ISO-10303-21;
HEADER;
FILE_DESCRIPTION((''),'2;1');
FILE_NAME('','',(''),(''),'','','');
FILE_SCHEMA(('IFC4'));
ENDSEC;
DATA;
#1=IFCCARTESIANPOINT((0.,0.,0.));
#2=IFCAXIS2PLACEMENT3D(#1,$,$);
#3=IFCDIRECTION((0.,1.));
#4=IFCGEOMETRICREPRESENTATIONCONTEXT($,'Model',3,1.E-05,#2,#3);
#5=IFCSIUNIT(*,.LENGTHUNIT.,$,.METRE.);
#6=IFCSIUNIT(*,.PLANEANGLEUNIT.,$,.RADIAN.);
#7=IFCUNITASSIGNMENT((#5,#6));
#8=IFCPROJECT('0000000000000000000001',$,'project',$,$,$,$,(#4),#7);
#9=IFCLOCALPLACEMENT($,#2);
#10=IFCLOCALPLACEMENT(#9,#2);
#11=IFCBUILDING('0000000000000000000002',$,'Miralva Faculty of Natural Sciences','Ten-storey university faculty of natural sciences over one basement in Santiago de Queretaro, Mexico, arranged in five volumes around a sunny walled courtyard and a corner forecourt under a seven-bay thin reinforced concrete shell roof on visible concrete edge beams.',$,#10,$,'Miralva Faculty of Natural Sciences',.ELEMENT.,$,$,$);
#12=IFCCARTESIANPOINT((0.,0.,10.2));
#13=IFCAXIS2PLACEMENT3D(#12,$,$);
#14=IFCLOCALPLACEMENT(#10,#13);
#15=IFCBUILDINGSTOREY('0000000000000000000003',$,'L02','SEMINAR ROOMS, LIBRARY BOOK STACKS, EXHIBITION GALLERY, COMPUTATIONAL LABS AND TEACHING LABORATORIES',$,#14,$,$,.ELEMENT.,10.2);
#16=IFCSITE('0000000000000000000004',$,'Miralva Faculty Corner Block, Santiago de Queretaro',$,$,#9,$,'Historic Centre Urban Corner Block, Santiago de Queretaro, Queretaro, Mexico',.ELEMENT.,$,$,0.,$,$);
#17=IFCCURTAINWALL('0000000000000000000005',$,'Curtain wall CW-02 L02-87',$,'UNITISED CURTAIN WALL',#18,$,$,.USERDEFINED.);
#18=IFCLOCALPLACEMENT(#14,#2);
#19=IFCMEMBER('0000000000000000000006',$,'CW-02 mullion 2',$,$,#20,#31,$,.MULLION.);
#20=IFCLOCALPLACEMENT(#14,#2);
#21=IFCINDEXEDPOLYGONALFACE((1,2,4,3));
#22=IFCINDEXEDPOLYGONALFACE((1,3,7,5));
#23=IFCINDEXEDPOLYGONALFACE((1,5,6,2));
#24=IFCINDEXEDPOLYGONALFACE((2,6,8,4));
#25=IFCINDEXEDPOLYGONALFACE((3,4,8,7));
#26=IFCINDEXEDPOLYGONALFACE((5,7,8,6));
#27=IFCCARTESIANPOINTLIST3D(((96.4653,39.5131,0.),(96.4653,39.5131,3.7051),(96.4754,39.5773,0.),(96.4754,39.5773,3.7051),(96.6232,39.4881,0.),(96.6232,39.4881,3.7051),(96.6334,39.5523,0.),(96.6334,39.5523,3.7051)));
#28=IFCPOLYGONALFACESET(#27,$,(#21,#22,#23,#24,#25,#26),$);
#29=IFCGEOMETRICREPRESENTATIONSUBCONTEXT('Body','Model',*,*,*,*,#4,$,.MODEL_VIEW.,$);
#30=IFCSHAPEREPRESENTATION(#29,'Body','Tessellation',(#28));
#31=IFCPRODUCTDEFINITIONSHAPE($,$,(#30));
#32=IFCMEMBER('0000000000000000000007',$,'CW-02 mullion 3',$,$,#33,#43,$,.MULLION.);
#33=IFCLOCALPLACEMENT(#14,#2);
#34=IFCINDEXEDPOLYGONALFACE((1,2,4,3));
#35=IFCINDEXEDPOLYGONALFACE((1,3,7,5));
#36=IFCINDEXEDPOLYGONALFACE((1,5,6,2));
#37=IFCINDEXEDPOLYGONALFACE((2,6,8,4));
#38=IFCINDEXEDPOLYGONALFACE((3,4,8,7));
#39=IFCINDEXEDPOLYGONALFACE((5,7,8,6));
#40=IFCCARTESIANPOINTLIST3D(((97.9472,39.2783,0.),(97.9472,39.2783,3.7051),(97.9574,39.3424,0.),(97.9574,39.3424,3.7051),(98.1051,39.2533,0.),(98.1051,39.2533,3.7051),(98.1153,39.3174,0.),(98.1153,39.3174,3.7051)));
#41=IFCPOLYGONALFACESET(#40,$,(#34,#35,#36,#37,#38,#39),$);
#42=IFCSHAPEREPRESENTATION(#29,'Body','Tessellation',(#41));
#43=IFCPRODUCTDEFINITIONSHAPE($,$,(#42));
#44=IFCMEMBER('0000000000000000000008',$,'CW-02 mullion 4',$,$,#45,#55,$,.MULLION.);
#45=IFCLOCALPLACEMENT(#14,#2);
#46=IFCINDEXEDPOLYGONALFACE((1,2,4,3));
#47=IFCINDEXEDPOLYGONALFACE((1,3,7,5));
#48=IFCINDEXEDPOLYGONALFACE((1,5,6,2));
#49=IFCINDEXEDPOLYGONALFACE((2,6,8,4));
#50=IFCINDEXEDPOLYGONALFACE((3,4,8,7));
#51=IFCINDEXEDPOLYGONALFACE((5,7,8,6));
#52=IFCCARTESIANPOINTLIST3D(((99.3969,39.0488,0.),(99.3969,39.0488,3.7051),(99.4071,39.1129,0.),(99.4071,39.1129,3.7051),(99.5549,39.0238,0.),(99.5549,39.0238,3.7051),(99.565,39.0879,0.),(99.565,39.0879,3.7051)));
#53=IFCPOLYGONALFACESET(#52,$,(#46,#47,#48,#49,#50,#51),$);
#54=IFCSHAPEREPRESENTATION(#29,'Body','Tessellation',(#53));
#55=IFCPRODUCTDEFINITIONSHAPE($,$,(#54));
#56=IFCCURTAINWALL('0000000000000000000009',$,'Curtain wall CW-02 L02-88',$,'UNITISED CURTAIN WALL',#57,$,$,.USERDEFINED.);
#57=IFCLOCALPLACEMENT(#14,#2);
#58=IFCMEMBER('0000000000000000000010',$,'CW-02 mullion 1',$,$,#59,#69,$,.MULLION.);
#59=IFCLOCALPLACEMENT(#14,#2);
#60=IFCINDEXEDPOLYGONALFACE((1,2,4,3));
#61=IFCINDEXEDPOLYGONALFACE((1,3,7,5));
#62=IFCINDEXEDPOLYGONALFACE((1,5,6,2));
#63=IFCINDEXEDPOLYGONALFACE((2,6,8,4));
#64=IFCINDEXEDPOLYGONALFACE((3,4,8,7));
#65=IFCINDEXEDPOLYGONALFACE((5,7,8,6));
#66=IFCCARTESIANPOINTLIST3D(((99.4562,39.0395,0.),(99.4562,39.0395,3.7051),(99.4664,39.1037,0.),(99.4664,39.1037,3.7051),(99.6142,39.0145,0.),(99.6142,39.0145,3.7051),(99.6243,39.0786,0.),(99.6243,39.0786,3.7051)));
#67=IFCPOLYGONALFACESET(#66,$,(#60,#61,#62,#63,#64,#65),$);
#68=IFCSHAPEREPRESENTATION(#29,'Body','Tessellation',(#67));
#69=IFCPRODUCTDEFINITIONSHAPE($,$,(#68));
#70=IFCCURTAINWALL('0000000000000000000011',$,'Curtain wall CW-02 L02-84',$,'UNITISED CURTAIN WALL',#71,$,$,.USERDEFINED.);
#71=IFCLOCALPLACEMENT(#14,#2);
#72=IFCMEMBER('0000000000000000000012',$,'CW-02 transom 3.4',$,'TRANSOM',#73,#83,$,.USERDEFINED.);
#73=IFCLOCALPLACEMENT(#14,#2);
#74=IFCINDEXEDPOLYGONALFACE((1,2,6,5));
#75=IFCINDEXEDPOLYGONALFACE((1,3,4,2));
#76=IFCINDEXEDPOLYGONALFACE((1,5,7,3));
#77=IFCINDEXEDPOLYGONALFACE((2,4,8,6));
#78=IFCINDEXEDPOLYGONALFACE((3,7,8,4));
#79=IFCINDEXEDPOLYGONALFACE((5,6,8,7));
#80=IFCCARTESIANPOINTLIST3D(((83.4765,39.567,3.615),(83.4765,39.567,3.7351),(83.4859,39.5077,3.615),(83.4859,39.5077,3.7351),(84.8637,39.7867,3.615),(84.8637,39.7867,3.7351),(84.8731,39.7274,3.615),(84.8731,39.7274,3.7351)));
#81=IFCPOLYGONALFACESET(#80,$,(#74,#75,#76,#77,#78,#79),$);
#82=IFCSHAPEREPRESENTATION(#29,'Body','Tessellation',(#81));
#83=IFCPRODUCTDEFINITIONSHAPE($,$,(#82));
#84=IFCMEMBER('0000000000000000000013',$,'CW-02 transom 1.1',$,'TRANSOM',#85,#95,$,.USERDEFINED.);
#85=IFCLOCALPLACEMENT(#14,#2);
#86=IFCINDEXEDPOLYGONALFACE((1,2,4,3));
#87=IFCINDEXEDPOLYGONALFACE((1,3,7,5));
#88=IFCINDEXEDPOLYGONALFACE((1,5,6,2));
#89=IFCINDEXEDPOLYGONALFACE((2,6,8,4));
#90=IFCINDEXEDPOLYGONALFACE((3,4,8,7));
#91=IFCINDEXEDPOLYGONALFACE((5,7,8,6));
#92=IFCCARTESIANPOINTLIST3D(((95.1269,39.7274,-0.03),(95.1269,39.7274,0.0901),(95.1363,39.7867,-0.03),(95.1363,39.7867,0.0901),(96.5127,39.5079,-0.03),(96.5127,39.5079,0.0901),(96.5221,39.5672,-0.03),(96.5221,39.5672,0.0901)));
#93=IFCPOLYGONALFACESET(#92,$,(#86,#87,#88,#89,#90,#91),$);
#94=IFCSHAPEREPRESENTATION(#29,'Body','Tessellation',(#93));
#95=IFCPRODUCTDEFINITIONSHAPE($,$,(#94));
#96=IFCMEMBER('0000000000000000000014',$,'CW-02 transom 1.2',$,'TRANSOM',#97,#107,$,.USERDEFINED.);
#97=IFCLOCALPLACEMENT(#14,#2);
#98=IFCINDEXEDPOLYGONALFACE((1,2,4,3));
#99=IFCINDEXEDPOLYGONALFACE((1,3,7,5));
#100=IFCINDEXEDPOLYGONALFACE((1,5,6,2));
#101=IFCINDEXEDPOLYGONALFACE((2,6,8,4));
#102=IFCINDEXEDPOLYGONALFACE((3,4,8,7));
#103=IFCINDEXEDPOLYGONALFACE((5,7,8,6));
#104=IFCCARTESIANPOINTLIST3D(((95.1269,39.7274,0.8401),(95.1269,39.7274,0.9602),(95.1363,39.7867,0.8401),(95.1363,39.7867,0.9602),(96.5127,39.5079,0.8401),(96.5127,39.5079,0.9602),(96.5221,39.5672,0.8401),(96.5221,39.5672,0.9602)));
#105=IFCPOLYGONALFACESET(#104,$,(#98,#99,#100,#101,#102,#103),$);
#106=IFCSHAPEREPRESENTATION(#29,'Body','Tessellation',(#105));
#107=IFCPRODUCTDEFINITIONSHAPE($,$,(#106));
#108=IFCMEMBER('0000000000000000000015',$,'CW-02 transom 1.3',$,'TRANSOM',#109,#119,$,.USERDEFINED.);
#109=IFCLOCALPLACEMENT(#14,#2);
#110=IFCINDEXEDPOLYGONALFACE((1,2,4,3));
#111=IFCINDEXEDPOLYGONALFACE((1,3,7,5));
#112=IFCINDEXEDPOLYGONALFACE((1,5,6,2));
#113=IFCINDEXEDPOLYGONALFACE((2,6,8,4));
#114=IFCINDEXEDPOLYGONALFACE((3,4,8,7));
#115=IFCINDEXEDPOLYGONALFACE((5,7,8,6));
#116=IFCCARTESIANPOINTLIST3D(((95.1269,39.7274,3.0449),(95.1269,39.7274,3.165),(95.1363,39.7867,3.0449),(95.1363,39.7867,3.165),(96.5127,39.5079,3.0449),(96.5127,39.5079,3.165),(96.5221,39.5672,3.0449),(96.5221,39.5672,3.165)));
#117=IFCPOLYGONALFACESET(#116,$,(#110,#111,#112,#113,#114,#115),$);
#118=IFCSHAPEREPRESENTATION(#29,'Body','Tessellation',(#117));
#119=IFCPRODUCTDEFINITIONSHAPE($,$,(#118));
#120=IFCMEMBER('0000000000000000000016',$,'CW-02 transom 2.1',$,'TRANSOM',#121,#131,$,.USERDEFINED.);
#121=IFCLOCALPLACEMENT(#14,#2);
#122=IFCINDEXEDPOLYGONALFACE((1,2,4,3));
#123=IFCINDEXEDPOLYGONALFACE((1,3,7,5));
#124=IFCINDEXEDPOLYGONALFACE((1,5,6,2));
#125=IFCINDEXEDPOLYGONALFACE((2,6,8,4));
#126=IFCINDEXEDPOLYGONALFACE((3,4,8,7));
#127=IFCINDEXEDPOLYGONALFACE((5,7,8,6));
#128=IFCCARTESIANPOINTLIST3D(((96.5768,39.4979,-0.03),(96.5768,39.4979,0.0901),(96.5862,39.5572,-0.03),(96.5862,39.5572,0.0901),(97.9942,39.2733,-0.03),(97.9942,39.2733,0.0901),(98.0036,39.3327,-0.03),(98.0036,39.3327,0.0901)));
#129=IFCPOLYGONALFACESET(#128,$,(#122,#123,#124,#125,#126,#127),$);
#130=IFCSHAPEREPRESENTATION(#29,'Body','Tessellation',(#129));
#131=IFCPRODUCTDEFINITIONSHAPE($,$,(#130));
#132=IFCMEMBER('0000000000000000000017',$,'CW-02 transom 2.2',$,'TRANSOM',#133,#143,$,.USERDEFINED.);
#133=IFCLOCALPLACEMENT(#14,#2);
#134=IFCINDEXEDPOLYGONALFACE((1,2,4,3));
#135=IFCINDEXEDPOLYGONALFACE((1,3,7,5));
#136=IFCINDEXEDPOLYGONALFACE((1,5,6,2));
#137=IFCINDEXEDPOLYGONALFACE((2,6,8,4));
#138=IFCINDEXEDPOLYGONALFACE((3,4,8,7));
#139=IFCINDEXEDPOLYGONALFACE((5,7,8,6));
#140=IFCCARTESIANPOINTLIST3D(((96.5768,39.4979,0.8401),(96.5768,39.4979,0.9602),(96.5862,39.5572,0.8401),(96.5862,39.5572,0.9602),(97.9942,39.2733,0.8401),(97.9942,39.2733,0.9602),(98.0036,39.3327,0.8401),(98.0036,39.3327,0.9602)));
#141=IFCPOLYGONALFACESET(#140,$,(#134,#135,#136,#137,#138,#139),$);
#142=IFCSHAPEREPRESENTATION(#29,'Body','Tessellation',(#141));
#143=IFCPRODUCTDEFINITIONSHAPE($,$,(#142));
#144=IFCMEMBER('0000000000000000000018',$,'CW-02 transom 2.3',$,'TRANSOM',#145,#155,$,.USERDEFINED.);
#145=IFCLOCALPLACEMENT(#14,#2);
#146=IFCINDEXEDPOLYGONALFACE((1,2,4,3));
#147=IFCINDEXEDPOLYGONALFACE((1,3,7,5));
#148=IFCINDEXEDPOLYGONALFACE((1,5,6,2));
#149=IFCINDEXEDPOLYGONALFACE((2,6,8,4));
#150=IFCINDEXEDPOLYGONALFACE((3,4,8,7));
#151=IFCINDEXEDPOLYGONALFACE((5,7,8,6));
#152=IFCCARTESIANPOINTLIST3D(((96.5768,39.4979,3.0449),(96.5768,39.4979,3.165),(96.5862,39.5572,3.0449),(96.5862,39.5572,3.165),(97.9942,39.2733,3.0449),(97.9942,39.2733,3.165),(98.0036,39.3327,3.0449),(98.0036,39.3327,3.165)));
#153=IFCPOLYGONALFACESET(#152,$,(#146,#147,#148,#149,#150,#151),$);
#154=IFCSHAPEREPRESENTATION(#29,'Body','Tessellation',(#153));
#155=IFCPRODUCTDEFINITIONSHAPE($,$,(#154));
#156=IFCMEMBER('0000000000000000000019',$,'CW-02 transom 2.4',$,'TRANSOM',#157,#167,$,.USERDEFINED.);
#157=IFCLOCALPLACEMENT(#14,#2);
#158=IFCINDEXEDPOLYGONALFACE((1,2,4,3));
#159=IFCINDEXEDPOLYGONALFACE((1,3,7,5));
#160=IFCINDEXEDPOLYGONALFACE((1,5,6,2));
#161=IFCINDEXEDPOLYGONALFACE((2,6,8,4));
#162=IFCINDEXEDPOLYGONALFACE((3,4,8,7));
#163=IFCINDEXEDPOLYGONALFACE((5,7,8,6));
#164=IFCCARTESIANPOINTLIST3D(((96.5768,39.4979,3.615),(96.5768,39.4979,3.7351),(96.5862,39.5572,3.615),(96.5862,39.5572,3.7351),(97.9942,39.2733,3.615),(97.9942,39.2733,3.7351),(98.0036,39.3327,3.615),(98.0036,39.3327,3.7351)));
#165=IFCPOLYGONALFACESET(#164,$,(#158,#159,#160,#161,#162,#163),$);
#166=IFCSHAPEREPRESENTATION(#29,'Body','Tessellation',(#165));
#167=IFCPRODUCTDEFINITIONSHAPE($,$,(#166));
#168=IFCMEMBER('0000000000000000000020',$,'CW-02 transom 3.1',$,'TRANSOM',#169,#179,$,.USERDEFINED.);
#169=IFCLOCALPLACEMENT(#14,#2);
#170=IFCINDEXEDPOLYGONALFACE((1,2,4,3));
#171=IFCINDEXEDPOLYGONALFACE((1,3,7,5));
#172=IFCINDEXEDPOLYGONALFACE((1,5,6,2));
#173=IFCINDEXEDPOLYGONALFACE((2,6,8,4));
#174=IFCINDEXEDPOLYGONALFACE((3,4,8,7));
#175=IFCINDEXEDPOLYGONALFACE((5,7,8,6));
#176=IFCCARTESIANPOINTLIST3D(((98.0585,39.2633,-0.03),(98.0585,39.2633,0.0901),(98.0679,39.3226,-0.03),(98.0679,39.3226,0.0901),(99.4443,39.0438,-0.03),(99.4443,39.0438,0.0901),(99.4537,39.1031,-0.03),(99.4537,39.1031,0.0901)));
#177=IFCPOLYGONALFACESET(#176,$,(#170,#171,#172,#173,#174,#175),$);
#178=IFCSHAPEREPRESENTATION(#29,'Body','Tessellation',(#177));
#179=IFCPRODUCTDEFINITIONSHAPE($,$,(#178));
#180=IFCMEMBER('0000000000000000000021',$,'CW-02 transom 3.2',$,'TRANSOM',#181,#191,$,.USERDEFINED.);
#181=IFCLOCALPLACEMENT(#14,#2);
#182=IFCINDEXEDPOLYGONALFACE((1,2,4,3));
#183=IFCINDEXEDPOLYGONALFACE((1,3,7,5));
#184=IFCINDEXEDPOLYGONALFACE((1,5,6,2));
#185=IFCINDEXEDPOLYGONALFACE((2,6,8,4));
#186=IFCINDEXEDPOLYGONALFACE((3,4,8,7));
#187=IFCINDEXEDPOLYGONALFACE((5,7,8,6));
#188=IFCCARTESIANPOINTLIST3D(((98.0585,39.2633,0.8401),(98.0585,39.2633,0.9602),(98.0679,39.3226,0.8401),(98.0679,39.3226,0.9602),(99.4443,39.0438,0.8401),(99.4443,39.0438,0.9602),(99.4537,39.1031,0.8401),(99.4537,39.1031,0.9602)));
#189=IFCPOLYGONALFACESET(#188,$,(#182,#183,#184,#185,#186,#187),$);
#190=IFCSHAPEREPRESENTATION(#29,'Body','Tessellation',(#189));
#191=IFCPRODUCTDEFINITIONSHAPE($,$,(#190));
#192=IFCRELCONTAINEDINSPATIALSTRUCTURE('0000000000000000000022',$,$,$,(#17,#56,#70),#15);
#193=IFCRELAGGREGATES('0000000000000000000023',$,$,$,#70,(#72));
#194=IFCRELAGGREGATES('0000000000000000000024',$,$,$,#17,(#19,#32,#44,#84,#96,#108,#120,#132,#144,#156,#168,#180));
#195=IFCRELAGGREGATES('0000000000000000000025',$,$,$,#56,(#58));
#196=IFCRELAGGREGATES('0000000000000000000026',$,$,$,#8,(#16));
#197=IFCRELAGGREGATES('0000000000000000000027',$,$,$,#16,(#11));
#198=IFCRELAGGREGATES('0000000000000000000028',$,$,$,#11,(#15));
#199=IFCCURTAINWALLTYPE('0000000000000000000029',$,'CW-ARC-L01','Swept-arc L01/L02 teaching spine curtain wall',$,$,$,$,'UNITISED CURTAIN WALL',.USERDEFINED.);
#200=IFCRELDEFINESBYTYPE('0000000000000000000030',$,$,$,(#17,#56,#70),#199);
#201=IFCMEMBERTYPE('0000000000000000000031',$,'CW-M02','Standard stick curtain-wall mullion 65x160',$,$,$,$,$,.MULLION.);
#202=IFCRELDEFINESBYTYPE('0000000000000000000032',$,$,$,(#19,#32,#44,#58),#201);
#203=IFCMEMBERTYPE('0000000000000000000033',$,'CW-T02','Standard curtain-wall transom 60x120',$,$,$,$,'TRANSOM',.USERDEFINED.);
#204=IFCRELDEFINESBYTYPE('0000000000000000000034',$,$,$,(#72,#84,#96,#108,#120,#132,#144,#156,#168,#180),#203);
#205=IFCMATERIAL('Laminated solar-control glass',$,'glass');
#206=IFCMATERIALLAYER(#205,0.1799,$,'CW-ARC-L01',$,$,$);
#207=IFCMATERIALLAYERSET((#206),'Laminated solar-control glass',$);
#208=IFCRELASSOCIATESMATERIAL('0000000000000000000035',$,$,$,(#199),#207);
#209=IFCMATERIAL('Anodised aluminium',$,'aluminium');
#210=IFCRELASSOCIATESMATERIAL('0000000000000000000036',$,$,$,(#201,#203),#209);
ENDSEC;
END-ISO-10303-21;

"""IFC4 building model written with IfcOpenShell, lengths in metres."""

from ifc_helpers import new_model, si_unit, direction, frame, origin, origin_2d, place, context, subcontext, project, spatial, rectangle, extrude, material, layer, layer_set, material_profile, profile_set, type_object, element, aggregate, save


model = new_model("IFC4")

# Units and contexts
model_context = context("Model", 3, precision=1e-05, world=origin(), true_north=direction((0.0, 1.0)))
body_context = subcontext(model_context, "Body", "Model", "MODEL_VIEW")
ifc_project = project(units=[si_unit("LENGTHUNIT", "METRE"), si_unit("PLANEANGLEUNIT", "RADIAN")], contexts=[model_context])

# Site, building, storey
site_placement = place(None, origin())
site = spatial("IfcSite", under=ifc_project, at=site_placement, Name="Miralva Faculty Corner Block, Santiago de Queretaro", LongName="Historic Centre Urban Corner Block, Santiago de Queretaro, Queretaro, Mexico", CompositionType="ELEMENT", RefElevation=0.0)
building_placement = place(site_placement, origin())
building = spatial("IfcBuilding", under=site, at=building_placement, Name="Miralva Faculty of Natural Sciences", Description="Ten-storey university faculty of natural sciences over one basement in Santiago de Queretaro, Mexico, arranged in five volumes around a sunny walled courtyard and a corner forecourt under a seven-bay thin reinforced concrete shell roof on visible concrete edge beams.", LongName="Miralva Faculty of Natural Sciences", CompositionType="ELEMENT")
storey_placement = place(building_placement, frame((0.0, 0.0, 10.2)))
storey = spatial("IfcBuildingStorey", under=building, at=storey_placement, Name="L02", Description="SEMINAR ROOMS, LIBRARY BOOK STACKS, EXHIBITION GALLERY, COMPUTATIONAL LABS AND TEACHING LABORATORIES", CompositionType="ELEMENT", Elevation=10.2)

# Curtain wall, members
ifc_material_1 = material(Name="Laminated solar-control glass", Category="glass")
ifc_layer_1 = layer(ifc_material_1, 0.1799, Name="CW-ARC-L01")
ifc_layer_set_1 = layer_set([ifc_layer_1], Name="Laminated solar-control glass")
curtain_wall_type = type_object("IfcCurtainWallType", Name="CW-ARC-L01", Description="Swept-arc L01/L02 teaching spine curtain wall", ElementType="UNITISED CURTAIN WALL", PredefinedType="USERDEFINED", material=ifc_layer_set_1)
curtain_wall_1_placement = place(storey_placement, origin())
curtain_wall_1 = element("IfcCurtainWall", 1, at=curtain_wall_1_placement, inside=storey, type_object=curtain_wall_type, Name="Curtain wall CW-02 L02-87", ObjectType="UNITISED CURTAIN WALL", PredefinedType="USERDEFINED")
ifc_material_2 = material(Name="Anodised aluminium", Category="aluminium")
ifc_material_profile_1 = material_profile(ifc_material_2, rectangle(XDim=0.0649, YDim=0.1599, at=origin_2d()), Name="MULLION 65x160")
ifc_profile_set_1 = profile_set([ifc_material_profile_1], Name="Anodised aluminium")
member_type_1 = type_object("IfcMemberType", Name="CW-M02", Description="Standard stick curtain-wall mullion 65x160", PredefinedType="MULLION", material=ifc_profile_set_1)
member_1_placement = place(storey_placement, frame((96.5493, 39.5327, 0.0), z_axis=(0.0, 0.0, 1.0), x_axis=(0.15641, 0.987692, 0.0)))
member_1 = element("IfcMember", 2, at=member_1_placement, type_object=member_type_1, Name="CW-02 mullion 2", PredefinedType="MULLION", context=body_context, shape_type="SweptSolid", body=[
    extrude(rectangle(XDim=0.0649, YDim=0.1599, at=origin_2d()), origin(), (0.0, 0.0, 1.0), 3.7051),
])
member_2_placement = place(storey_placement, frame((98.0312, 39.2979, 0.0), z_axis=(0.0, 0.0, 1.0), x_axis=(0.15641, 0.987692, 0.0)))
member_2 = element("IfcMember", 3, at=member_2_placement, type_object=member_type_1, Name="CW-02 mullion 3", PredefinedType="MULLION", context=body_context, shape_type="SweptSolid", body=[
    extrude(rectangle(XDim=0.0649, YDim=0.1599, at=origin_2d()), origin(), (0.0, 0.0, 1.0), 3.7051),
])
member_3_placement = place(storey_placement, frame((99.481, 39.0684, 0.0), z_axis=(0.0, 0.0, 1.0), x_axis=(0.15641, 0.987692, 0.0)))
member_3 = element("IfcMember", 4, at=member_3_placement, type_object=member_type_1, Name="CW-02 mullion 4", PredefinedType="MULLION", context=body_context, shape_type="SweptSolid", body=[
    extrude(rectangle(XDim=0.0649, YDim=0.1599, at=origin_2d()), origin(), (0.0, 0.0, 1.0), 3.7051),
])

# Curtain walls, members
curtain_wall_2_placement = place(storey_placement, origin())
curtain_wall_2 = element("IfcCurtainWall", 5, at=curtain_wall_2_placement, inside=storey, type_object=curtain_wall_type, Name="Curtain wall CW-02 L02-88", ObjectType="UNITISED CURTAIN WALL", PredefinedType="USERDEFINED")
member_4_placement = place(storey_placement, frame((99.5403, 39.0591, 0.0), z_axis=(0.0, 0.0, 1.0), x_axis=(0.156437, 0.987688, 0.0)))
member_4 = element("IfcMember", 6, at=member_4_placement, type_object=member_type_1, Name="CW-02 mullion 1", PredefinedType="MULLION", context=body_context, shape_type="SweptSolid", body=[
    extrude(rectangle(XDim=0.0649, YDim=0.1599, at=origin_2d()), origin(), (0.0, 0.0, 1.0), 3.7051),
])
curtain_wall_3_placement = place(storey_placement, origin())
curtain_wall_3 = element("IfcCurtainWall", 7, at=curtain_wall_3_placement, inside=storey, type_object=curtain_wall_type, Name="Curtain wall CW-02 L02-84", ObjectType="UNITISED CURTAIN WALL", PredefinedType="USERDEFINED")
ifc_material_profile_2 = material_profile(ifc_material_2, rectangle(XDim=0.0601, YDim=0.1201, at=origin_2d()), Name="TRANSOM 60x120")
ifc_profile_set_2 = profile_set([ifc_material_profile_2], Name="Anodised aluminium")
member_type_2 = type_object("IfcMemberType", Name="CW-T02", Description="Standard curtain-wall transom 60x120", ElementType="TRANSOM", PredefinedType="USERDEFINED", material=ifc_profile_set_2)
member_5_placement = place(storey_placement, frame((83.4812, 39.5374, 3.675), z_axis=(0.987687, 0.156445, 0.0), x_axis=(-0.156445, 0.987687, 0.0)))
member_5 = element("IfcMember", 8, at=member_5_placement, type_object=member_type_2, Name="CW-02 transom 3.4", ObjectType="TRANSOM", PredefinedType="USERDEFINED", context=body_context, shape_type="SweptSolid", body=[
    extrude(rectangle(XDim=0.0601, YDim=0.1201, at=origin_2d()), origin(), (0.0, 0.0, 1.0), 1.4045),
])

# Members
member_6_placement = place(storey_placement, frame((95.1316, 39.7571, 0.03), z_axis=(0.987688, -0.156436, 0.0), x_axis=(0.156436, 0.987688, 0.0)))
member_6 = element("IfcMember", 9, at=member_6_placement, type_object=member_type_2, Name="CW-02 transom 1.1", ObjectType="TRANSOM", PredefinedType="USERDEFINED", context=body_context, shape_type="SweptSolid", body=[
    extrude(rectangle(XDim=0.0601, YDim=0.1201, at=origin_2d()), origin(), (0.0, 0.0, 1.0), 1.4031),
])
member_7_placement = place(storey_placement, frame((95.1316, 39.7571, 0.9001), z_axis=(0.987688, -0.156436, 0.0), x_axis=(0.156436, 0.987688, 0.0)))
member_7 = element("IfcMember", 10, at=member_7_placement, type_object=member_type_2, Name="CW-02 transom 1.2", ObjectType="TRANSOM", PredefinedType="USERDEFINED", context=body_context, shape_type="SweptSolid", body=[
    extrude(rectangle(XDim=0.0601, YDim=0.1201, at=origin_2d()), origin(), (0.0, 0.0, 1.0), 1.4031),
])
member_8_placement = place(storey_placement, frame((95.1316, 39.7571, 3.105), z_axis=(0.987688, -0.156436, 0.0), x_axis=(0.156436, 0.987688, 0.0)))
member_8 = element("IfcMember", 11, at=member_8_placement, type_object=member_type_2, Name="CW-02 transom 1.3", ObjectType="TRANSOM", PredefinedType="USERDEFINED", context=body_context, shape_type="SweptSolid", body=[
    extrude(rectangle(XDim=0.0601, YDim=0.1201, at=origin_2d()), origin(), (0.0, 0.0, 1.0), 1.4031),
])
member_9_placement = place(storey_placement, frame((96.5815, 39.5276, 0.03), z_axis=(0.987677, -0.156504, 0.0), x_axis=(0.156504, 0.987677, 0.0)))
member_9 = element("IfcMember", 12, at=member_9_placement, type_object=member_type_2, Name="CW-02 transom 2.1", ObjectType="TRANSOM", PredefinedType="USERDEFINED", context=body_context, shape_type="SweptSolid", body=[
    extrude(rectangle(XDim=0.0601, YDim=0.1201, at=origin_2d()), origin(), (0.0, 0.0, 1.0), 1.4351),
])
member_10_placement = place(storey_placement, frame((96.5815, 39.5276, 0.9001), z_axis=(0.987677, -0.156504, 0.0), x_axis=(0.156504, 0.987677, 0.0)))
member_10 = element("IfcMember", 13, at=member_10_placement, type_object=member_type_2, Name="CW-02 transom 2.2", ObjectType="TRANSOM", PredefinedType="USERDEFINED", context=body_context, shape_type="SweptSolid", body=[
    extrude(rectangle(XDim=0.0601, YDim=0.1201, at=origin_2d()), origin(), (0.0, 0.0, 1.0), 1.4351),
])
member_11_placement = place(storey_placement, frame((96.5815, 39.5276, 3.105), z_axis=(0.987677, -0.156504, 0.0), x_axis=(0.156504, 0.987677, 0.0)))
member_11 = element("IfcMember", 14, at=member_11_placement, type_object=member_type_2, Name="CW-02 transom 2.3", ObjectType="TRANSOM", PredefinedType="USERDEFINED", context=body_context, shape_type="SweptSolid", body=[
    extrude(rectangle(XDim=0.0601, YDim=0.1201, at=origin_2d()), origin(), (0.0, 0.0, 1.0), 1.4351),
])
member_12_placement = place(storey_placement, frame((96.5815, 39.5276, 3.675), z_axis=(0.987677, -0.156504, 0.0), x_axis=(0.156504, 0.987677, 0.0)))
member_12 = element("IfcMember", 15, at=member_12_placement, type_object=member_type_2, Name="CW-02 transom 2.4", ObjectType="TRANSOM", PredefinedType="USERDEFINED", context=body_context, shape_type="SweptSolid", body=[
    extrude(rectangle(XDim=0.0601, YDim=0.1201, at=origin_2d()), origin(), (0.0, 0.0, 1.0), 1.4351),
])
member_13_placement = place(storey_placement, frame((98.0632, 39.293, 0.03), z_axis=(0.987688, -0.156436, 0.0), x_axis=(0.156436, 0.987688, 0.0)))
member_13 = element("IfcMember", 16, at=member_13_placement, type_object=member_type_2, Name="CW-02 transom 3.1", ObjectType="TRANSOM", PredefinedType="USERDEFINED", context=body_context, shape_type="SweptSolid", body=[
    extrude(rectangle(XDim=0.0601, YDim=0.1201, at=origin_2d()), origin(), (0.0, 0.0, 1.0), 1.4031),
])
member_14_placement = place(storey_placement, frame((98.0632, 39.293, 0.9001), z_axis=(0.987688, -0.156436, 0.0), x_axis=(0.156436, 0.987688, 0.0)))
member_14 = element("IfcMember", 17, at=member_14_placement, type_object=member_type_2, Name="CW-02 transom 3.2", ObjectType="TRANSOM", PredefinedType="USERDEFINED", context=body_context, shape_type="SweptSolid", body=[
    extrude(rectangle(XDim=0.0601, YDim=0.1201, at=origin_2d()), origin(), (0.0, 0.0, 1.0), 1.4031),
])

aggregate(curtain_wall_3, [member_5])
aggregate(curtain_wall_1, [member_1, member_2, member_3, member_6, member_7, member_8, member_9, member_10, member_11, member_12, member_13, member_14])
aggregate(curtain_wall_2, [member_4])

save(model, "model.ifc")
